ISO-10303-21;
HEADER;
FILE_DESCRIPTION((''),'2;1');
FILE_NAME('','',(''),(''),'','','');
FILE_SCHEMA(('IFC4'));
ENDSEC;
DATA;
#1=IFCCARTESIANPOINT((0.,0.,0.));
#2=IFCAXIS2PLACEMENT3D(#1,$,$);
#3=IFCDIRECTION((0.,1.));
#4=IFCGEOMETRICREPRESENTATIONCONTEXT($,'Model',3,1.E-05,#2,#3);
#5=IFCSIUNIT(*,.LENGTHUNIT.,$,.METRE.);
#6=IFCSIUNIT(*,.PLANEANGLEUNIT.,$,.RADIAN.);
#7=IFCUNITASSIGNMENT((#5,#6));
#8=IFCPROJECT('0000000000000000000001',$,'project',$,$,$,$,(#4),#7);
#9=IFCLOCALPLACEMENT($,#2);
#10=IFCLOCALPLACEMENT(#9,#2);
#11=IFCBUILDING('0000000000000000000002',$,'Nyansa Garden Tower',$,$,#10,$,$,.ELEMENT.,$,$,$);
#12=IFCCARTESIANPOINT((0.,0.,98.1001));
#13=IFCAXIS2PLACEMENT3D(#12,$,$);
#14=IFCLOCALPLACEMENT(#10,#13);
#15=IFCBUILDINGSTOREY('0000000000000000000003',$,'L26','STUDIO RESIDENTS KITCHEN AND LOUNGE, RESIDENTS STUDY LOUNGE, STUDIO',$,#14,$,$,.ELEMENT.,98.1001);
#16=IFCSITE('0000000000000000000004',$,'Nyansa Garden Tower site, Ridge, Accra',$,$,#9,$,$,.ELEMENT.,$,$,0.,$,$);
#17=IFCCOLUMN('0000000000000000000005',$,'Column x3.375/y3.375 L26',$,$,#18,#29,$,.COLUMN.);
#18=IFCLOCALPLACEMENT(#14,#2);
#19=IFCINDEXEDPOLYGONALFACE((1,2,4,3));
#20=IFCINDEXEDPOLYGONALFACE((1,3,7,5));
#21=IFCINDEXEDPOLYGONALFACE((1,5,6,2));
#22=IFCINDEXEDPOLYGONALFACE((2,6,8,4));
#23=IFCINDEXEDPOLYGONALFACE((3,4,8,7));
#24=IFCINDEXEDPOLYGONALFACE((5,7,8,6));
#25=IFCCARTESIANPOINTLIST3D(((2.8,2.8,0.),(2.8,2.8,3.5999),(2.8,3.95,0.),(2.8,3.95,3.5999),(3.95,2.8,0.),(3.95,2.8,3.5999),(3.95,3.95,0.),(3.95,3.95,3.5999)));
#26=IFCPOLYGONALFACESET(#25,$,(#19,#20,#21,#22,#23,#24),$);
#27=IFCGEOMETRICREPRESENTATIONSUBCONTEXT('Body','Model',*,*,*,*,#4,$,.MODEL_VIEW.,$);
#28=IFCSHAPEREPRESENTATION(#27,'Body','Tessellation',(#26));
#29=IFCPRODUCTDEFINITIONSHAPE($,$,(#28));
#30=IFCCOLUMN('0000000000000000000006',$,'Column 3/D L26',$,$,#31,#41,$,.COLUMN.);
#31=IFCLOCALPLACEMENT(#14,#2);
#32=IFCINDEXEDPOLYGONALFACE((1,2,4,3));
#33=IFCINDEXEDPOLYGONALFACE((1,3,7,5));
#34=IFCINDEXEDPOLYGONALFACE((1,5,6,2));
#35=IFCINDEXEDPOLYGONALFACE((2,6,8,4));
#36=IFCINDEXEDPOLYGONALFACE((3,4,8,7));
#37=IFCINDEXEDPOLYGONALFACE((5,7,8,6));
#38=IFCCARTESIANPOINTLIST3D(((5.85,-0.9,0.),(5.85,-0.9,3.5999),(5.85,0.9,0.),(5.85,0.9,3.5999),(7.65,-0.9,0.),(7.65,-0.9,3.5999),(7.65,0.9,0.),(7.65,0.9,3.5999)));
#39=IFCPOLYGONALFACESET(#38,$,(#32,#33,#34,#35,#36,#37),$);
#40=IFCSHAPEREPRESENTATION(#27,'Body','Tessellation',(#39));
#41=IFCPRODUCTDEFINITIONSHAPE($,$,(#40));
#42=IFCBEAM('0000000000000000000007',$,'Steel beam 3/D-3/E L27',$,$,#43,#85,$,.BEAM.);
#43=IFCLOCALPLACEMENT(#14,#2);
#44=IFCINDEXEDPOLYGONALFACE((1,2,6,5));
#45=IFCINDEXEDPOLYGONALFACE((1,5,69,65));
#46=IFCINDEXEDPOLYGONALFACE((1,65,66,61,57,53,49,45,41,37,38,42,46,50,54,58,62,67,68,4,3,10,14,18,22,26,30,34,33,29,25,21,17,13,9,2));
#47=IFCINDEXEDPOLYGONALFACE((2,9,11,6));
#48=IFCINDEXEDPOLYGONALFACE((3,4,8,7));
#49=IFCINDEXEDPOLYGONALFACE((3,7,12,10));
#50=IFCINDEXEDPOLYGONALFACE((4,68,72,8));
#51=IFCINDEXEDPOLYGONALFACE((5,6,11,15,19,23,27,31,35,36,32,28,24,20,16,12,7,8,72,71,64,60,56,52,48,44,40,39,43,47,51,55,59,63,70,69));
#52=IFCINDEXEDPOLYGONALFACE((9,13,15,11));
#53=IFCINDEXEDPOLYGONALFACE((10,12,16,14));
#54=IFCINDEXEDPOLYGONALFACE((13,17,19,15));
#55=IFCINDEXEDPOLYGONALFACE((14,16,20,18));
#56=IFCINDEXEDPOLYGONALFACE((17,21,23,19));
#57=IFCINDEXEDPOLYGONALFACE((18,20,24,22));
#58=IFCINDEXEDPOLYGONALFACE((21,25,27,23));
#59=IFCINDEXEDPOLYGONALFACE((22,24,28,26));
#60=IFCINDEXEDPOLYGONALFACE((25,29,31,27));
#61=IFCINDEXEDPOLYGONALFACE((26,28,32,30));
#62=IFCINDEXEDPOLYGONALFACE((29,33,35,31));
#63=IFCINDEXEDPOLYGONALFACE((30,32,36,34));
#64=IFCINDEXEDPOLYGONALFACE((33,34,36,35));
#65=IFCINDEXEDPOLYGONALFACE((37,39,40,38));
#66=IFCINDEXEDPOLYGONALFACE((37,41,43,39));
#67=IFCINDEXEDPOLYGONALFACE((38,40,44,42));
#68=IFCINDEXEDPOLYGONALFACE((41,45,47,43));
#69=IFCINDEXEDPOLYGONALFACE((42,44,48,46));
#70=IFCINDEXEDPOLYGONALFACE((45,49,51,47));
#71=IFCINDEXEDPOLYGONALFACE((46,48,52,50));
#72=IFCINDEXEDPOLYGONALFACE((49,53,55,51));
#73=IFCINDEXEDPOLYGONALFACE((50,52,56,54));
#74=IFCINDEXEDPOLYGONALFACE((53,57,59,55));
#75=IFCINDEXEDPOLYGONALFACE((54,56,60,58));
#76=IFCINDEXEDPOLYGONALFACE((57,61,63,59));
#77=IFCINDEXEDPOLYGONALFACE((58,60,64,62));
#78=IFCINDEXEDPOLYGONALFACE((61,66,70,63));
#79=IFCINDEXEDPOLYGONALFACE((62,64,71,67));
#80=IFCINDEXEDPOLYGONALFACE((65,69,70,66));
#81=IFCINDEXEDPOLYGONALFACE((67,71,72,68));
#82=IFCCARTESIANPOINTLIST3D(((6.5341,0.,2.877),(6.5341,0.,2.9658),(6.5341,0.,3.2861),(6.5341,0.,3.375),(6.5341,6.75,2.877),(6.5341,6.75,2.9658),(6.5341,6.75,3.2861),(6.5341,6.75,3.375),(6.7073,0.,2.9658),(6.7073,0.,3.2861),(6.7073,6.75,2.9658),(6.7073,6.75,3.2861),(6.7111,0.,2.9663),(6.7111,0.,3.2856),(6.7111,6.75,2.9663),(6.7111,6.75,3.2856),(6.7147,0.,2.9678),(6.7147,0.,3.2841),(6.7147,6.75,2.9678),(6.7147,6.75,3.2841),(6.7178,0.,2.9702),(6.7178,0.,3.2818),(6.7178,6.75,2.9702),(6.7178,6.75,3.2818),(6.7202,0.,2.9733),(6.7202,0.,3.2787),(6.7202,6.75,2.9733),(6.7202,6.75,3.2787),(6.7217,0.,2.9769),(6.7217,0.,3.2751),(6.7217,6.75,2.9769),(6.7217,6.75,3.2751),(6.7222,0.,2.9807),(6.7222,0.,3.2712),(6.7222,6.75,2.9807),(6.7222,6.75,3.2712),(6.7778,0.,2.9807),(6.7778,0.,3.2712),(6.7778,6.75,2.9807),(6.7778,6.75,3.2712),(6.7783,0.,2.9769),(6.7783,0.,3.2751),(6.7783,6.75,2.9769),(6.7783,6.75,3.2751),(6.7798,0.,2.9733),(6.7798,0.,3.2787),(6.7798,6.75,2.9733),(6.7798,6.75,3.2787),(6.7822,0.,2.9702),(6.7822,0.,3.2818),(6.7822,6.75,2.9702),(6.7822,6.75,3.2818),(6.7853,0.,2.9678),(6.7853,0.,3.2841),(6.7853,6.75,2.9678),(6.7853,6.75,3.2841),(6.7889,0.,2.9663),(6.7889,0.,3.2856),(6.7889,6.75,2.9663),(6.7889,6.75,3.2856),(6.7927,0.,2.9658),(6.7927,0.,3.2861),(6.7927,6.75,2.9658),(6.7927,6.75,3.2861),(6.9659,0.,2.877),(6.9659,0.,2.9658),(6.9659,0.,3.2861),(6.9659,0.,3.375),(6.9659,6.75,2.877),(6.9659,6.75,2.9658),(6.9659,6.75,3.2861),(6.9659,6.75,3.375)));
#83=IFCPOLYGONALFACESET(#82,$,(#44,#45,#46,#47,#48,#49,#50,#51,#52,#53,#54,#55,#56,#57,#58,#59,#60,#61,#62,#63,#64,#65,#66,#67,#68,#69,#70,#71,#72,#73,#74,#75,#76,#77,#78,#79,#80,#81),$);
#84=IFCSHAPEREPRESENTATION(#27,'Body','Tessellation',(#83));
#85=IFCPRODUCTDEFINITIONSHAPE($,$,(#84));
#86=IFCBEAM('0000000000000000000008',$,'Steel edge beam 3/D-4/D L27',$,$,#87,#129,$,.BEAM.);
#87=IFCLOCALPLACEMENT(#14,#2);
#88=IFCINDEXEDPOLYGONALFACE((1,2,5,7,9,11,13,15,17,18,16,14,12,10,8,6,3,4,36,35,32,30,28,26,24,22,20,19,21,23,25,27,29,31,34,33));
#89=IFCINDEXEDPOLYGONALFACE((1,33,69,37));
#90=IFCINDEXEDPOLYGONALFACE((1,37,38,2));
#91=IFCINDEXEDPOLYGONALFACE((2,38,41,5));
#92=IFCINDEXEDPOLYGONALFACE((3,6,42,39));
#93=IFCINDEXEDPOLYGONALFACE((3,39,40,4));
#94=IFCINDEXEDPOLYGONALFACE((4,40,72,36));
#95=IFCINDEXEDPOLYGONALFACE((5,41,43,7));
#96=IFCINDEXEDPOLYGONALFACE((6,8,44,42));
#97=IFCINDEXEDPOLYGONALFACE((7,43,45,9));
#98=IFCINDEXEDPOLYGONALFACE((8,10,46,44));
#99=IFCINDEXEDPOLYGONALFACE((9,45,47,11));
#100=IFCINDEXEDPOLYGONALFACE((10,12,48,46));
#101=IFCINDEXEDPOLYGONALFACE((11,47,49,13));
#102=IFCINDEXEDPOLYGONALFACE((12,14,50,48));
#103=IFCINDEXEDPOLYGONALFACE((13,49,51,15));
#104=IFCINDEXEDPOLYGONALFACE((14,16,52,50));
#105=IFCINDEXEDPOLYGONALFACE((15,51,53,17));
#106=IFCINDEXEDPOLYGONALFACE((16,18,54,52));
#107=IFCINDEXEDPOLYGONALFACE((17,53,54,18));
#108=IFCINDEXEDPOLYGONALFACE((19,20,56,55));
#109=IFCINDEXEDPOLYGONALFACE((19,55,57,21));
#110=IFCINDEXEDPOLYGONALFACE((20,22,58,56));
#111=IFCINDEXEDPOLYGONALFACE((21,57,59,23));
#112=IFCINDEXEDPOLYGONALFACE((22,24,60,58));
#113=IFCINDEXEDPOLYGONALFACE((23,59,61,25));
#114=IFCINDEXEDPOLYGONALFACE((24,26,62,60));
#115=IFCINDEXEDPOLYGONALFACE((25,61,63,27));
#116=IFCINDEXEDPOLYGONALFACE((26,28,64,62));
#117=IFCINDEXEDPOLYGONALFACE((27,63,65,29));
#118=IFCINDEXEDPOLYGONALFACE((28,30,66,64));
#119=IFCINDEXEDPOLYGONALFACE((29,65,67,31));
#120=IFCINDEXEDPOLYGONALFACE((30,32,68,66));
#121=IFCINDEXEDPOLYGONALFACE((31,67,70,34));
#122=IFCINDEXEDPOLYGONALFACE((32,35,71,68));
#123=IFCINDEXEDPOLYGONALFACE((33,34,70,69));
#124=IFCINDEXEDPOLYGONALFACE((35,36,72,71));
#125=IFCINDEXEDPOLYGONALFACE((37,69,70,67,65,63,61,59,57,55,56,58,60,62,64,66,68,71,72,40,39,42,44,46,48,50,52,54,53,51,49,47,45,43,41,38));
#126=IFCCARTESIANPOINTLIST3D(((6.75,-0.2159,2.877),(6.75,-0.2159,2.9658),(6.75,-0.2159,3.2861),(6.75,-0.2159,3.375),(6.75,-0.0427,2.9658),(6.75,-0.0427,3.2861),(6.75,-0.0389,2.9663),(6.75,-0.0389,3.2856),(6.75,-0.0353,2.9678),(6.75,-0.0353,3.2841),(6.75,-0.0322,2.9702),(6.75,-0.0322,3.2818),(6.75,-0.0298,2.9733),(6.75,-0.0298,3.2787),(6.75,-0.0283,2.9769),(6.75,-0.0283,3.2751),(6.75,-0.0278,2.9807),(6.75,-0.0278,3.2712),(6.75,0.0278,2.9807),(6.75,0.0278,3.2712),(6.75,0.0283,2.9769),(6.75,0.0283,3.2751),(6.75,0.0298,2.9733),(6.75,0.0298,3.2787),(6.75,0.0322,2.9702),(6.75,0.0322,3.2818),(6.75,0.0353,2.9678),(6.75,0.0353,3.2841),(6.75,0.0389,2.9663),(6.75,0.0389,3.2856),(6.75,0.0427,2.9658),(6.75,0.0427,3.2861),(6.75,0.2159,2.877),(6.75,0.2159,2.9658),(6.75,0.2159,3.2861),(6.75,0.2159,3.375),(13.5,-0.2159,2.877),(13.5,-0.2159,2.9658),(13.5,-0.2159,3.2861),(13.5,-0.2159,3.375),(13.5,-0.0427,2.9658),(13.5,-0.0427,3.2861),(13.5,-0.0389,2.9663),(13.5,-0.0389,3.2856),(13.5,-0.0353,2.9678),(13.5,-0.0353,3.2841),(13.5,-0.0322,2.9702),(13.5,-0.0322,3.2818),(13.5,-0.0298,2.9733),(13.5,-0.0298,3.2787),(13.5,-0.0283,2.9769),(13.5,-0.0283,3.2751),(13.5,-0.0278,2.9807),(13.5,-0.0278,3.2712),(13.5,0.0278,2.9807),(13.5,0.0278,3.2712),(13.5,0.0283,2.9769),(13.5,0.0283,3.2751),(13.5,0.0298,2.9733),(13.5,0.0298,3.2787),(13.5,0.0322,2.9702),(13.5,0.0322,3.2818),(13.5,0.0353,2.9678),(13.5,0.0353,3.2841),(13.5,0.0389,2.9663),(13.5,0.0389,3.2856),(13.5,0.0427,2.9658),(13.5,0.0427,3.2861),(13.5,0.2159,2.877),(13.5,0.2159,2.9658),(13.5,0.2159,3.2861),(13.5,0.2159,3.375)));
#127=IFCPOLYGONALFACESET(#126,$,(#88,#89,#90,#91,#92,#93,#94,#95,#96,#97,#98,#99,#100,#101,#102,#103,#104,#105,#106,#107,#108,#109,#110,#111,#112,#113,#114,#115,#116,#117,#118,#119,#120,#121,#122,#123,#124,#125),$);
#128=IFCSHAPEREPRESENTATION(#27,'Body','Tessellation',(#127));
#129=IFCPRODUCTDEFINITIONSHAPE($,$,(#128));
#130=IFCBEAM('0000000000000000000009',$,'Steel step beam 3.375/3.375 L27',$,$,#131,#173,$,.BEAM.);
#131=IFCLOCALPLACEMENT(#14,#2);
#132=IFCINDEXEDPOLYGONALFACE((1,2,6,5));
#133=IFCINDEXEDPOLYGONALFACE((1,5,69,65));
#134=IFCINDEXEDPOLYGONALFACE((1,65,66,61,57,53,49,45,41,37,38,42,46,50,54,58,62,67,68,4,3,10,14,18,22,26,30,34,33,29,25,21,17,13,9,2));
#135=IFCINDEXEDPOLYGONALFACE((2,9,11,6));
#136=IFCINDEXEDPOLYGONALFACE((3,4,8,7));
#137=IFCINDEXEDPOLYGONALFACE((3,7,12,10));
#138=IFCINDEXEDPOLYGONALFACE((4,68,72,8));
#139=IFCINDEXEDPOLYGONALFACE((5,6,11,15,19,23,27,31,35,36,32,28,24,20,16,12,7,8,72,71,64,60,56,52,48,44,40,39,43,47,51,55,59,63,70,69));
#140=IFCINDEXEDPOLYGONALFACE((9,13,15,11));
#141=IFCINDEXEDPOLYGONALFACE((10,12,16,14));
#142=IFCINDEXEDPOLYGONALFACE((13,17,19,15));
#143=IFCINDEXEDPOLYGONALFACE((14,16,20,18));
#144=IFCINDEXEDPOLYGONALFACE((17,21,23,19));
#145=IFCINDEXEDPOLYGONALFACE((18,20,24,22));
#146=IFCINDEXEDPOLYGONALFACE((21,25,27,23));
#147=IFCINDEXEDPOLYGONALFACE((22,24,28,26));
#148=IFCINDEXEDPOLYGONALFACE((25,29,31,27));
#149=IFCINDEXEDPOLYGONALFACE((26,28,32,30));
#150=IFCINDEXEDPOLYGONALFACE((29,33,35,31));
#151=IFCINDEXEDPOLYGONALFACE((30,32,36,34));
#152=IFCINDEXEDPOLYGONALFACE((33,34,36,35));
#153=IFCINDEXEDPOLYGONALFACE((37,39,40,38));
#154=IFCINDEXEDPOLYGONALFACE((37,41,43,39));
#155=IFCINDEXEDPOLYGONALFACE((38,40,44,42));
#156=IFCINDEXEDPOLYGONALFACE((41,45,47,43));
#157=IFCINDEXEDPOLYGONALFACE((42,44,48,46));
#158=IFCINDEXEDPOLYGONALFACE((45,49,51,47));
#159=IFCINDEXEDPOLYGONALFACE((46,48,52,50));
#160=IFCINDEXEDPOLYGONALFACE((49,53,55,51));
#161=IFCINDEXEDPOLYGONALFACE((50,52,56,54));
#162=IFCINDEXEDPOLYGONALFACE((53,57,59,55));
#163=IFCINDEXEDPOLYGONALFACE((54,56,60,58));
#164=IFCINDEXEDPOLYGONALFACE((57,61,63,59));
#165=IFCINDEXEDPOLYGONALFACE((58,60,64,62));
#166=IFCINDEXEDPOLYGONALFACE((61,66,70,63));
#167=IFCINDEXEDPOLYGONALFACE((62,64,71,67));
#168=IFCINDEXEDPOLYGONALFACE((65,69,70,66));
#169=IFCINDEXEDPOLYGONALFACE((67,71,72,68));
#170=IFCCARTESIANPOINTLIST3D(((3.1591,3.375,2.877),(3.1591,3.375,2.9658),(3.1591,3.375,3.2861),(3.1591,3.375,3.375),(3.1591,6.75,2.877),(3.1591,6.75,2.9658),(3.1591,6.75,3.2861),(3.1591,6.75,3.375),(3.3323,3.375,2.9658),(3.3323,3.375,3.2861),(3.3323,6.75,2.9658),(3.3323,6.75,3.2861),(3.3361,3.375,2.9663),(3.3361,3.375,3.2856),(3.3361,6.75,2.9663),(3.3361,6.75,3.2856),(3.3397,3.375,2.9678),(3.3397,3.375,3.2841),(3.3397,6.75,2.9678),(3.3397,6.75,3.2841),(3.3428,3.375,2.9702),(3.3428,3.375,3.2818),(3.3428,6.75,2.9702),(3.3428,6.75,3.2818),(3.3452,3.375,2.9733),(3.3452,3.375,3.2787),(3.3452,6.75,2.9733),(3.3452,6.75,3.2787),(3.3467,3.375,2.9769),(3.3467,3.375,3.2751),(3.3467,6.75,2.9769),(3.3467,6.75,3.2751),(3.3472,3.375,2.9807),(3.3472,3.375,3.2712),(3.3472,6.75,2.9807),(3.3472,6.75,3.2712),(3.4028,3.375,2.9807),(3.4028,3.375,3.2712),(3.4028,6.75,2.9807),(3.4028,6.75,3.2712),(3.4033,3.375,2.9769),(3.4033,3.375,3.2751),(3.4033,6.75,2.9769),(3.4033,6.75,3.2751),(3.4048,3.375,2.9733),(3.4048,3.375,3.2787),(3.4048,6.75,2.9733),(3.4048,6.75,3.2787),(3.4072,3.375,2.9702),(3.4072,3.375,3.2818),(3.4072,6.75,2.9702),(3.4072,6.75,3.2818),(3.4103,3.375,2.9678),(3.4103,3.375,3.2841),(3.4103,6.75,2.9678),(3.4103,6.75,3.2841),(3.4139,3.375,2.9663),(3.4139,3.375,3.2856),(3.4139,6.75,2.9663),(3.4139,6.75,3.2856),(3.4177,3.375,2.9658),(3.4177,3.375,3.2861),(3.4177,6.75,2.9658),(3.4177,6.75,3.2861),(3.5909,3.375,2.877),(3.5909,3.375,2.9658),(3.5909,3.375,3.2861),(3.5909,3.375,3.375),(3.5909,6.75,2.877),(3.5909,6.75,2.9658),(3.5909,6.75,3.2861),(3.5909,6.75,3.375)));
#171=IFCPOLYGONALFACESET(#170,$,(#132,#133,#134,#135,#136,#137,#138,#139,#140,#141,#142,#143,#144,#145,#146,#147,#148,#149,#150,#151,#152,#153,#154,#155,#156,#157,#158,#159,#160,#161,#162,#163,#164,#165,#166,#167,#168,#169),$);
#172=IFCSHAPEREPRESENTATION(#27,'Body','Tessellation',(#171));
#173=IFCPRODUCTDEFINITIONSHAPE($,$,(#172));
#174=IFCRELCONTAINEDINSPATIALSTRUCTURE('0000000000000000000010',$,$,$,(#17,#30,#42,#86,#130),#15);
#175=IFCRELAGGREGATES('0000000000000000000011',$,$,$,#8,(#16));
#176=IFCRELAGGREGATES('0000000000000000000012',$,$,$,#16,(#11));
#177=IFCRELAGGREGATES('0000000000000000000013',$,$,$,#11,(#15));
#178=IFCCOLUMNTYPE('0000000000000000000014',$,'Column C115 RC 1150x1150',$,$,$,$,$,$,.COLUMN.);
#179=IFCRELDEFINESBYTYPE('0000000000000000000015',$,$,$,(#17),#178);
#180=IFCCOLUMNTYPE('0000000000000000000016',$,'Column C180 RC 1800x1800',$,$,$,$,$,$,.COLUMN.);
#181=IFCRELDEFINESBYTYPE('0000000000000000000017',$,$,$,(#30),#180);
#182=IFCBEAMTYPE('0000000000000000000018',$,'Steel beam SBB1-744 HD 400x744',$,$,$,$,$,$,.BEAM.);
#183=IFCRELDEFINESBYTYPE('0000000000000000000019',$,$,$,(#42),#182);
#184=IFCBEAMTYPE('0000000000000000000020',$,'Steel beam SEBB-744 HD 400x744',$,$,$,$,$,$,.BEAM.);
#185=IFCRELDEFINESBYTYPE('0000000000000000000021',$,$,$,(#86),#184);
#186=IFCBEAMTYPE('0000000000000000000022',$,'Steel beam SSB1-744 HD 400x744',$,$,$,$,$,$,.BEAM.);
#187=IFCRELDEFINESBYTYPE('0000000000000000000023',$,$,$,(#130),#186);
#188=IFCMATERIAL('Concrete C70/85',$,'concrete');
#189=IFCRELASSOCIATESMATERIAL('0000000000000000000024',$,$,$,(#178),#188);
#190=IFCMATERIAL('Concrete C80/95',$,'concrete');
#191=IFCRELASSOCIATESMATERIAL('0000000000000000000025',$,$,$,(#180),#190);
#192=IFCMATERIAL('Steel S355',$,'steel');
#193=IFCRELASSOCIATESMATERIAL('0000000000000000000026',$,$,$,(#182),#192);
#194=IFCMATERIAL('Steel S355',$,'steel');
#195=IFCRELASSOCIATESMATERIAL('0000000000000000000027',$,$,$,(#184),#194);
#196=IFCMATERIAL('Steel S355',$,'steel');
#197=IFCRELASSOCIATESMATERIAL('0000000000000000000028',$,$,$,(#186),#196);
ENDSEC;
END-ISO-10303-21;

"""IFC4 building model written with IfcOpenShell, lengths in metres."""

from ifc_helpers import new_model, si_unit, direction, frame, origin, origin_2d, place, context, subcontext, project, spatial, rectangle, i_section, extrude, material, material_profile, profile_set, type_object, element, save


model = new_model("IFC4")

# Units and contexts
model_context = context("Model", 3, precision=1e-05, world=origin(), true_north=direction((0.0, 1.0)))
body_context = subcontext(model_context, "Body", "Model", "MODEL_VIEW")
ifc_project = project(units=[si_unit("LENGTHUNIT", "METRE"), si_unit("PLANEANGLEUNIT", "RADIAN")], contexts=[model_context])

# Site, building, storey
site_placement = place(None, origin())
site = spatial("IfcSite", under=ifc_project, at=site_placement, Name="Nyansa Garden Tower site, Ridge, Accra", CompositionType="ELEMENT", RefElevation=0.0)
building_placement = place(site_placement, origin())
building = spatial("IfcBuilding", under=site, at=building_placement, Name="Nyansa Garden Tower", CompositionType="ELEMENT")
storey_placement = place(building_placement, frame((0.0, 0.0, 98.1001)))
storey = spatial("IfcBuildingStorey", under=building, at=storey_placement, Name="L26", Description="STUDIO RESIDENTS KITCHEN AND LOUNGE, RESIDENTS STUDY LOUNGE, STUDIO", CompositionType="ELEMENT", Elevation=98.1001)

# Columns
ifc_material_1 = material(Name="Concrete C70/85", Category="concrete")
ifc_material_profile_1 = material_profile(ifc_material_1, rectangle(XDim=1.1499, YDim=1.1499, at=origin_2d()), Name="RC 1150x1150")
ifc_profile_set_1 = profile_set([ifc_material_profile_1], Name="Concrete C70/85")
column_type_1 = type_object("IfcColumnType", Name="Column C115 RC 1150x1150", PredefinedType="COLUMN", material=ifc_profile_set_1)
column_1_placement = place(storey_placement, frame((3.375, 3.375, 0.0), z_axis=(0.0, 0.0, 1.0), x_axis=(1.0, 0.0, 0.0)))
element("IfcColumn", 1, at=column_1_placement, inside=storey, type_object=column_type_1, Name="Column x3.375/y3.375 L26", PredefinedType="COLUMN", context=body_context, shape_type="SweptSolid", body=[
    extrude(rectangle(XDim=1.1499, YDim=1.1499, at=origin_2d()), origin(), (0.0, 0.0, 1.0), 3.5999),
])
ifc_material_2 = material(Name="Concrete C80/95", Category="concrete")
ifc_material_profile_2 = material_profile(ifc_material_2, rectangle(XDim=1.8, YDim=1.8, at=origin_2d()), Name="RC 1800x1800")
ifc_profile_set_2 = profile_set([ifc_material_profile_2], Name="Concrete C80/95")
column_type_2 = type_object("IfcColumnType", Name="Column C180 RC 1800x1800", PredefinedType="COLUMN", material=ifc_profile_set_2)
column_2_placement = place(storey_placement, frame((6.75, 0.0, 0.0), z_axis=(0.0, 0.0, 1.0), x_axis=(1.0, 0.0, 0.0)))
element("IfcColumn", 2, at=column_2_placement, inside=storey, type_object=column_type_2, Name="Column 3/D L26", PredefinedType="COLUMN", context=body_context, shape_type="SweptSolid", body=[
    extrude(rectangle(XDim=1.8, YDim=1.8, at=origin_2d()), origin(), (0.0, 0.0, 1.0), 3.5999),
])

# Beams
ifc_material_3 = material(Name="Steel S355", Category="steel")
ifc_material_profile_3 = material_profile(ifc_material_3, i_section(OverallWidth=0.4319, OverallDepth=0.498, WebThickness=0.0557, FlangeThickness=0.0889, FilletRadius=0.0149, at=origin_2d()), Name="HD 400x744")
ifc_profile_set_3 = profile_set([ifc_material_profile_3], Name="Steel S355")
beam_type_1 = type_object("IfcBeamType", Name="Steel beam SBB1-744 HD 400x744", PredefinedType="BEAM", material=ifc_profile_set_3)
beam_1_placement = place(storey_placement, frame((6.75, 0.0, 3.126), z_axis=(0.0, 1.0, 0.0), x_axis=(-1.0, 0.0, 0.0)))
element("IfcBeam", 3, at=beam_1_placement, inside=storey, type_object=beam_type_1, Name="Steel beam 3/D-3/E L27", PredefinedType="BEAM", context=body_context, shape_type="SweptSolid", body=[
    extrude(i_section(OverallWidth=0.4319, OverallDepth=0.498, WebThickness=0.0557, FlangeThickness=0.0889, FilletRadius=0.0149, at=origin_2d()), origin(), (0.0, 0.0, 1.0), 6.75),
])
ifc_material_4 = material(Name="Steel S355", Category="steel")
ifc_material_profile_4 = material_profile(ifc_material_4, i_section(OverallWidth=0.4319, OverallDepth=0.498, WebThickness=0.0557, FlangeThickness=0.0889, FilletRadius=0.0149, at=origin_2d()), Name="HD 400x744")
ifc_profile_set_4 = profile_set([ifc_material_profile_4], Name="Steel S355")
beam_type_2 = type_object("IfcBeamType", Name="Steel beam SEBB-744 HD 400x744", PredefinedType="BEAM", material=ifc_profile_set_4)
beam_2_placement = place(storey_placement, frame((6.75, 0.0, 3.126), z_axis=(1.0, 0.0, 0.0), x_axis=(0.0, 1.0, 0.0)))
element("IfcBeam", 4, at=beam_2_placement, inside=storey, type_object=beam_type_2, Name="Steel edge beam 3/D-4/D L27", PredefinedType="BEAM", context=body_context, shape_type="SweptSolid", body=[
    extrude(i_section(OverallWidth=0.4319, OverallDepth=0.498, WebThickness=0.0557, FlangeThickness=0.0889, FilletRadius=0.0149, at=origin_2d()), origin(), (0.0, 0.0, 1.0), 6.75),
])
ifc_material_5 = material(Name="Steel S355", Category="steel")
ifc_material_profile_5 = material_profile(ifc_material_5, i_section(OverallWidth=0.4319, OverallDepth=0.498, WebThickness=0.0557, FlangeThickness=0.0889, FilletRadius=0.0149, at=origin_2d()), Name="HD 400x744")
ifc_profile_set_5 = profile_set([ifc_material_profile_5], Name="Steel S355")
beam_type_3 = type_object("IfcBeamType", Name="Steel beam SSB1-744 HD 400x744", PredefinedType="BEAM", material=ifc_profile_set_5)
for number, where, z_axis, x_axis, name in (
    (5, (3.375, 3.375, 3.126), (0.0, 1.0, 0.0), (-1.0, 0.0, 0.0), "Steel step beam 3.375/3.375 L27"),
):
    element("IfcBeam", number, at=place(storey_placement, frame(where, z_axis=z_axis, x_axis=x_axis)), inside=storey, type_object=beam_type_3, Name=name, PredefinedType="BEAM", context=body_context, shape_type="SweptSolid", body=[
        extrude(i_section(OverallWidth=0.4319, OverallDepth=0.498, WebThickness=0.0557, FlangeThickness=0.0889, FilletRadius=0.0149, at=origin_2d()), origin(), (0.0, 0.0, 1.0), 3.375),
    ])

save(model, "model.ifc")
